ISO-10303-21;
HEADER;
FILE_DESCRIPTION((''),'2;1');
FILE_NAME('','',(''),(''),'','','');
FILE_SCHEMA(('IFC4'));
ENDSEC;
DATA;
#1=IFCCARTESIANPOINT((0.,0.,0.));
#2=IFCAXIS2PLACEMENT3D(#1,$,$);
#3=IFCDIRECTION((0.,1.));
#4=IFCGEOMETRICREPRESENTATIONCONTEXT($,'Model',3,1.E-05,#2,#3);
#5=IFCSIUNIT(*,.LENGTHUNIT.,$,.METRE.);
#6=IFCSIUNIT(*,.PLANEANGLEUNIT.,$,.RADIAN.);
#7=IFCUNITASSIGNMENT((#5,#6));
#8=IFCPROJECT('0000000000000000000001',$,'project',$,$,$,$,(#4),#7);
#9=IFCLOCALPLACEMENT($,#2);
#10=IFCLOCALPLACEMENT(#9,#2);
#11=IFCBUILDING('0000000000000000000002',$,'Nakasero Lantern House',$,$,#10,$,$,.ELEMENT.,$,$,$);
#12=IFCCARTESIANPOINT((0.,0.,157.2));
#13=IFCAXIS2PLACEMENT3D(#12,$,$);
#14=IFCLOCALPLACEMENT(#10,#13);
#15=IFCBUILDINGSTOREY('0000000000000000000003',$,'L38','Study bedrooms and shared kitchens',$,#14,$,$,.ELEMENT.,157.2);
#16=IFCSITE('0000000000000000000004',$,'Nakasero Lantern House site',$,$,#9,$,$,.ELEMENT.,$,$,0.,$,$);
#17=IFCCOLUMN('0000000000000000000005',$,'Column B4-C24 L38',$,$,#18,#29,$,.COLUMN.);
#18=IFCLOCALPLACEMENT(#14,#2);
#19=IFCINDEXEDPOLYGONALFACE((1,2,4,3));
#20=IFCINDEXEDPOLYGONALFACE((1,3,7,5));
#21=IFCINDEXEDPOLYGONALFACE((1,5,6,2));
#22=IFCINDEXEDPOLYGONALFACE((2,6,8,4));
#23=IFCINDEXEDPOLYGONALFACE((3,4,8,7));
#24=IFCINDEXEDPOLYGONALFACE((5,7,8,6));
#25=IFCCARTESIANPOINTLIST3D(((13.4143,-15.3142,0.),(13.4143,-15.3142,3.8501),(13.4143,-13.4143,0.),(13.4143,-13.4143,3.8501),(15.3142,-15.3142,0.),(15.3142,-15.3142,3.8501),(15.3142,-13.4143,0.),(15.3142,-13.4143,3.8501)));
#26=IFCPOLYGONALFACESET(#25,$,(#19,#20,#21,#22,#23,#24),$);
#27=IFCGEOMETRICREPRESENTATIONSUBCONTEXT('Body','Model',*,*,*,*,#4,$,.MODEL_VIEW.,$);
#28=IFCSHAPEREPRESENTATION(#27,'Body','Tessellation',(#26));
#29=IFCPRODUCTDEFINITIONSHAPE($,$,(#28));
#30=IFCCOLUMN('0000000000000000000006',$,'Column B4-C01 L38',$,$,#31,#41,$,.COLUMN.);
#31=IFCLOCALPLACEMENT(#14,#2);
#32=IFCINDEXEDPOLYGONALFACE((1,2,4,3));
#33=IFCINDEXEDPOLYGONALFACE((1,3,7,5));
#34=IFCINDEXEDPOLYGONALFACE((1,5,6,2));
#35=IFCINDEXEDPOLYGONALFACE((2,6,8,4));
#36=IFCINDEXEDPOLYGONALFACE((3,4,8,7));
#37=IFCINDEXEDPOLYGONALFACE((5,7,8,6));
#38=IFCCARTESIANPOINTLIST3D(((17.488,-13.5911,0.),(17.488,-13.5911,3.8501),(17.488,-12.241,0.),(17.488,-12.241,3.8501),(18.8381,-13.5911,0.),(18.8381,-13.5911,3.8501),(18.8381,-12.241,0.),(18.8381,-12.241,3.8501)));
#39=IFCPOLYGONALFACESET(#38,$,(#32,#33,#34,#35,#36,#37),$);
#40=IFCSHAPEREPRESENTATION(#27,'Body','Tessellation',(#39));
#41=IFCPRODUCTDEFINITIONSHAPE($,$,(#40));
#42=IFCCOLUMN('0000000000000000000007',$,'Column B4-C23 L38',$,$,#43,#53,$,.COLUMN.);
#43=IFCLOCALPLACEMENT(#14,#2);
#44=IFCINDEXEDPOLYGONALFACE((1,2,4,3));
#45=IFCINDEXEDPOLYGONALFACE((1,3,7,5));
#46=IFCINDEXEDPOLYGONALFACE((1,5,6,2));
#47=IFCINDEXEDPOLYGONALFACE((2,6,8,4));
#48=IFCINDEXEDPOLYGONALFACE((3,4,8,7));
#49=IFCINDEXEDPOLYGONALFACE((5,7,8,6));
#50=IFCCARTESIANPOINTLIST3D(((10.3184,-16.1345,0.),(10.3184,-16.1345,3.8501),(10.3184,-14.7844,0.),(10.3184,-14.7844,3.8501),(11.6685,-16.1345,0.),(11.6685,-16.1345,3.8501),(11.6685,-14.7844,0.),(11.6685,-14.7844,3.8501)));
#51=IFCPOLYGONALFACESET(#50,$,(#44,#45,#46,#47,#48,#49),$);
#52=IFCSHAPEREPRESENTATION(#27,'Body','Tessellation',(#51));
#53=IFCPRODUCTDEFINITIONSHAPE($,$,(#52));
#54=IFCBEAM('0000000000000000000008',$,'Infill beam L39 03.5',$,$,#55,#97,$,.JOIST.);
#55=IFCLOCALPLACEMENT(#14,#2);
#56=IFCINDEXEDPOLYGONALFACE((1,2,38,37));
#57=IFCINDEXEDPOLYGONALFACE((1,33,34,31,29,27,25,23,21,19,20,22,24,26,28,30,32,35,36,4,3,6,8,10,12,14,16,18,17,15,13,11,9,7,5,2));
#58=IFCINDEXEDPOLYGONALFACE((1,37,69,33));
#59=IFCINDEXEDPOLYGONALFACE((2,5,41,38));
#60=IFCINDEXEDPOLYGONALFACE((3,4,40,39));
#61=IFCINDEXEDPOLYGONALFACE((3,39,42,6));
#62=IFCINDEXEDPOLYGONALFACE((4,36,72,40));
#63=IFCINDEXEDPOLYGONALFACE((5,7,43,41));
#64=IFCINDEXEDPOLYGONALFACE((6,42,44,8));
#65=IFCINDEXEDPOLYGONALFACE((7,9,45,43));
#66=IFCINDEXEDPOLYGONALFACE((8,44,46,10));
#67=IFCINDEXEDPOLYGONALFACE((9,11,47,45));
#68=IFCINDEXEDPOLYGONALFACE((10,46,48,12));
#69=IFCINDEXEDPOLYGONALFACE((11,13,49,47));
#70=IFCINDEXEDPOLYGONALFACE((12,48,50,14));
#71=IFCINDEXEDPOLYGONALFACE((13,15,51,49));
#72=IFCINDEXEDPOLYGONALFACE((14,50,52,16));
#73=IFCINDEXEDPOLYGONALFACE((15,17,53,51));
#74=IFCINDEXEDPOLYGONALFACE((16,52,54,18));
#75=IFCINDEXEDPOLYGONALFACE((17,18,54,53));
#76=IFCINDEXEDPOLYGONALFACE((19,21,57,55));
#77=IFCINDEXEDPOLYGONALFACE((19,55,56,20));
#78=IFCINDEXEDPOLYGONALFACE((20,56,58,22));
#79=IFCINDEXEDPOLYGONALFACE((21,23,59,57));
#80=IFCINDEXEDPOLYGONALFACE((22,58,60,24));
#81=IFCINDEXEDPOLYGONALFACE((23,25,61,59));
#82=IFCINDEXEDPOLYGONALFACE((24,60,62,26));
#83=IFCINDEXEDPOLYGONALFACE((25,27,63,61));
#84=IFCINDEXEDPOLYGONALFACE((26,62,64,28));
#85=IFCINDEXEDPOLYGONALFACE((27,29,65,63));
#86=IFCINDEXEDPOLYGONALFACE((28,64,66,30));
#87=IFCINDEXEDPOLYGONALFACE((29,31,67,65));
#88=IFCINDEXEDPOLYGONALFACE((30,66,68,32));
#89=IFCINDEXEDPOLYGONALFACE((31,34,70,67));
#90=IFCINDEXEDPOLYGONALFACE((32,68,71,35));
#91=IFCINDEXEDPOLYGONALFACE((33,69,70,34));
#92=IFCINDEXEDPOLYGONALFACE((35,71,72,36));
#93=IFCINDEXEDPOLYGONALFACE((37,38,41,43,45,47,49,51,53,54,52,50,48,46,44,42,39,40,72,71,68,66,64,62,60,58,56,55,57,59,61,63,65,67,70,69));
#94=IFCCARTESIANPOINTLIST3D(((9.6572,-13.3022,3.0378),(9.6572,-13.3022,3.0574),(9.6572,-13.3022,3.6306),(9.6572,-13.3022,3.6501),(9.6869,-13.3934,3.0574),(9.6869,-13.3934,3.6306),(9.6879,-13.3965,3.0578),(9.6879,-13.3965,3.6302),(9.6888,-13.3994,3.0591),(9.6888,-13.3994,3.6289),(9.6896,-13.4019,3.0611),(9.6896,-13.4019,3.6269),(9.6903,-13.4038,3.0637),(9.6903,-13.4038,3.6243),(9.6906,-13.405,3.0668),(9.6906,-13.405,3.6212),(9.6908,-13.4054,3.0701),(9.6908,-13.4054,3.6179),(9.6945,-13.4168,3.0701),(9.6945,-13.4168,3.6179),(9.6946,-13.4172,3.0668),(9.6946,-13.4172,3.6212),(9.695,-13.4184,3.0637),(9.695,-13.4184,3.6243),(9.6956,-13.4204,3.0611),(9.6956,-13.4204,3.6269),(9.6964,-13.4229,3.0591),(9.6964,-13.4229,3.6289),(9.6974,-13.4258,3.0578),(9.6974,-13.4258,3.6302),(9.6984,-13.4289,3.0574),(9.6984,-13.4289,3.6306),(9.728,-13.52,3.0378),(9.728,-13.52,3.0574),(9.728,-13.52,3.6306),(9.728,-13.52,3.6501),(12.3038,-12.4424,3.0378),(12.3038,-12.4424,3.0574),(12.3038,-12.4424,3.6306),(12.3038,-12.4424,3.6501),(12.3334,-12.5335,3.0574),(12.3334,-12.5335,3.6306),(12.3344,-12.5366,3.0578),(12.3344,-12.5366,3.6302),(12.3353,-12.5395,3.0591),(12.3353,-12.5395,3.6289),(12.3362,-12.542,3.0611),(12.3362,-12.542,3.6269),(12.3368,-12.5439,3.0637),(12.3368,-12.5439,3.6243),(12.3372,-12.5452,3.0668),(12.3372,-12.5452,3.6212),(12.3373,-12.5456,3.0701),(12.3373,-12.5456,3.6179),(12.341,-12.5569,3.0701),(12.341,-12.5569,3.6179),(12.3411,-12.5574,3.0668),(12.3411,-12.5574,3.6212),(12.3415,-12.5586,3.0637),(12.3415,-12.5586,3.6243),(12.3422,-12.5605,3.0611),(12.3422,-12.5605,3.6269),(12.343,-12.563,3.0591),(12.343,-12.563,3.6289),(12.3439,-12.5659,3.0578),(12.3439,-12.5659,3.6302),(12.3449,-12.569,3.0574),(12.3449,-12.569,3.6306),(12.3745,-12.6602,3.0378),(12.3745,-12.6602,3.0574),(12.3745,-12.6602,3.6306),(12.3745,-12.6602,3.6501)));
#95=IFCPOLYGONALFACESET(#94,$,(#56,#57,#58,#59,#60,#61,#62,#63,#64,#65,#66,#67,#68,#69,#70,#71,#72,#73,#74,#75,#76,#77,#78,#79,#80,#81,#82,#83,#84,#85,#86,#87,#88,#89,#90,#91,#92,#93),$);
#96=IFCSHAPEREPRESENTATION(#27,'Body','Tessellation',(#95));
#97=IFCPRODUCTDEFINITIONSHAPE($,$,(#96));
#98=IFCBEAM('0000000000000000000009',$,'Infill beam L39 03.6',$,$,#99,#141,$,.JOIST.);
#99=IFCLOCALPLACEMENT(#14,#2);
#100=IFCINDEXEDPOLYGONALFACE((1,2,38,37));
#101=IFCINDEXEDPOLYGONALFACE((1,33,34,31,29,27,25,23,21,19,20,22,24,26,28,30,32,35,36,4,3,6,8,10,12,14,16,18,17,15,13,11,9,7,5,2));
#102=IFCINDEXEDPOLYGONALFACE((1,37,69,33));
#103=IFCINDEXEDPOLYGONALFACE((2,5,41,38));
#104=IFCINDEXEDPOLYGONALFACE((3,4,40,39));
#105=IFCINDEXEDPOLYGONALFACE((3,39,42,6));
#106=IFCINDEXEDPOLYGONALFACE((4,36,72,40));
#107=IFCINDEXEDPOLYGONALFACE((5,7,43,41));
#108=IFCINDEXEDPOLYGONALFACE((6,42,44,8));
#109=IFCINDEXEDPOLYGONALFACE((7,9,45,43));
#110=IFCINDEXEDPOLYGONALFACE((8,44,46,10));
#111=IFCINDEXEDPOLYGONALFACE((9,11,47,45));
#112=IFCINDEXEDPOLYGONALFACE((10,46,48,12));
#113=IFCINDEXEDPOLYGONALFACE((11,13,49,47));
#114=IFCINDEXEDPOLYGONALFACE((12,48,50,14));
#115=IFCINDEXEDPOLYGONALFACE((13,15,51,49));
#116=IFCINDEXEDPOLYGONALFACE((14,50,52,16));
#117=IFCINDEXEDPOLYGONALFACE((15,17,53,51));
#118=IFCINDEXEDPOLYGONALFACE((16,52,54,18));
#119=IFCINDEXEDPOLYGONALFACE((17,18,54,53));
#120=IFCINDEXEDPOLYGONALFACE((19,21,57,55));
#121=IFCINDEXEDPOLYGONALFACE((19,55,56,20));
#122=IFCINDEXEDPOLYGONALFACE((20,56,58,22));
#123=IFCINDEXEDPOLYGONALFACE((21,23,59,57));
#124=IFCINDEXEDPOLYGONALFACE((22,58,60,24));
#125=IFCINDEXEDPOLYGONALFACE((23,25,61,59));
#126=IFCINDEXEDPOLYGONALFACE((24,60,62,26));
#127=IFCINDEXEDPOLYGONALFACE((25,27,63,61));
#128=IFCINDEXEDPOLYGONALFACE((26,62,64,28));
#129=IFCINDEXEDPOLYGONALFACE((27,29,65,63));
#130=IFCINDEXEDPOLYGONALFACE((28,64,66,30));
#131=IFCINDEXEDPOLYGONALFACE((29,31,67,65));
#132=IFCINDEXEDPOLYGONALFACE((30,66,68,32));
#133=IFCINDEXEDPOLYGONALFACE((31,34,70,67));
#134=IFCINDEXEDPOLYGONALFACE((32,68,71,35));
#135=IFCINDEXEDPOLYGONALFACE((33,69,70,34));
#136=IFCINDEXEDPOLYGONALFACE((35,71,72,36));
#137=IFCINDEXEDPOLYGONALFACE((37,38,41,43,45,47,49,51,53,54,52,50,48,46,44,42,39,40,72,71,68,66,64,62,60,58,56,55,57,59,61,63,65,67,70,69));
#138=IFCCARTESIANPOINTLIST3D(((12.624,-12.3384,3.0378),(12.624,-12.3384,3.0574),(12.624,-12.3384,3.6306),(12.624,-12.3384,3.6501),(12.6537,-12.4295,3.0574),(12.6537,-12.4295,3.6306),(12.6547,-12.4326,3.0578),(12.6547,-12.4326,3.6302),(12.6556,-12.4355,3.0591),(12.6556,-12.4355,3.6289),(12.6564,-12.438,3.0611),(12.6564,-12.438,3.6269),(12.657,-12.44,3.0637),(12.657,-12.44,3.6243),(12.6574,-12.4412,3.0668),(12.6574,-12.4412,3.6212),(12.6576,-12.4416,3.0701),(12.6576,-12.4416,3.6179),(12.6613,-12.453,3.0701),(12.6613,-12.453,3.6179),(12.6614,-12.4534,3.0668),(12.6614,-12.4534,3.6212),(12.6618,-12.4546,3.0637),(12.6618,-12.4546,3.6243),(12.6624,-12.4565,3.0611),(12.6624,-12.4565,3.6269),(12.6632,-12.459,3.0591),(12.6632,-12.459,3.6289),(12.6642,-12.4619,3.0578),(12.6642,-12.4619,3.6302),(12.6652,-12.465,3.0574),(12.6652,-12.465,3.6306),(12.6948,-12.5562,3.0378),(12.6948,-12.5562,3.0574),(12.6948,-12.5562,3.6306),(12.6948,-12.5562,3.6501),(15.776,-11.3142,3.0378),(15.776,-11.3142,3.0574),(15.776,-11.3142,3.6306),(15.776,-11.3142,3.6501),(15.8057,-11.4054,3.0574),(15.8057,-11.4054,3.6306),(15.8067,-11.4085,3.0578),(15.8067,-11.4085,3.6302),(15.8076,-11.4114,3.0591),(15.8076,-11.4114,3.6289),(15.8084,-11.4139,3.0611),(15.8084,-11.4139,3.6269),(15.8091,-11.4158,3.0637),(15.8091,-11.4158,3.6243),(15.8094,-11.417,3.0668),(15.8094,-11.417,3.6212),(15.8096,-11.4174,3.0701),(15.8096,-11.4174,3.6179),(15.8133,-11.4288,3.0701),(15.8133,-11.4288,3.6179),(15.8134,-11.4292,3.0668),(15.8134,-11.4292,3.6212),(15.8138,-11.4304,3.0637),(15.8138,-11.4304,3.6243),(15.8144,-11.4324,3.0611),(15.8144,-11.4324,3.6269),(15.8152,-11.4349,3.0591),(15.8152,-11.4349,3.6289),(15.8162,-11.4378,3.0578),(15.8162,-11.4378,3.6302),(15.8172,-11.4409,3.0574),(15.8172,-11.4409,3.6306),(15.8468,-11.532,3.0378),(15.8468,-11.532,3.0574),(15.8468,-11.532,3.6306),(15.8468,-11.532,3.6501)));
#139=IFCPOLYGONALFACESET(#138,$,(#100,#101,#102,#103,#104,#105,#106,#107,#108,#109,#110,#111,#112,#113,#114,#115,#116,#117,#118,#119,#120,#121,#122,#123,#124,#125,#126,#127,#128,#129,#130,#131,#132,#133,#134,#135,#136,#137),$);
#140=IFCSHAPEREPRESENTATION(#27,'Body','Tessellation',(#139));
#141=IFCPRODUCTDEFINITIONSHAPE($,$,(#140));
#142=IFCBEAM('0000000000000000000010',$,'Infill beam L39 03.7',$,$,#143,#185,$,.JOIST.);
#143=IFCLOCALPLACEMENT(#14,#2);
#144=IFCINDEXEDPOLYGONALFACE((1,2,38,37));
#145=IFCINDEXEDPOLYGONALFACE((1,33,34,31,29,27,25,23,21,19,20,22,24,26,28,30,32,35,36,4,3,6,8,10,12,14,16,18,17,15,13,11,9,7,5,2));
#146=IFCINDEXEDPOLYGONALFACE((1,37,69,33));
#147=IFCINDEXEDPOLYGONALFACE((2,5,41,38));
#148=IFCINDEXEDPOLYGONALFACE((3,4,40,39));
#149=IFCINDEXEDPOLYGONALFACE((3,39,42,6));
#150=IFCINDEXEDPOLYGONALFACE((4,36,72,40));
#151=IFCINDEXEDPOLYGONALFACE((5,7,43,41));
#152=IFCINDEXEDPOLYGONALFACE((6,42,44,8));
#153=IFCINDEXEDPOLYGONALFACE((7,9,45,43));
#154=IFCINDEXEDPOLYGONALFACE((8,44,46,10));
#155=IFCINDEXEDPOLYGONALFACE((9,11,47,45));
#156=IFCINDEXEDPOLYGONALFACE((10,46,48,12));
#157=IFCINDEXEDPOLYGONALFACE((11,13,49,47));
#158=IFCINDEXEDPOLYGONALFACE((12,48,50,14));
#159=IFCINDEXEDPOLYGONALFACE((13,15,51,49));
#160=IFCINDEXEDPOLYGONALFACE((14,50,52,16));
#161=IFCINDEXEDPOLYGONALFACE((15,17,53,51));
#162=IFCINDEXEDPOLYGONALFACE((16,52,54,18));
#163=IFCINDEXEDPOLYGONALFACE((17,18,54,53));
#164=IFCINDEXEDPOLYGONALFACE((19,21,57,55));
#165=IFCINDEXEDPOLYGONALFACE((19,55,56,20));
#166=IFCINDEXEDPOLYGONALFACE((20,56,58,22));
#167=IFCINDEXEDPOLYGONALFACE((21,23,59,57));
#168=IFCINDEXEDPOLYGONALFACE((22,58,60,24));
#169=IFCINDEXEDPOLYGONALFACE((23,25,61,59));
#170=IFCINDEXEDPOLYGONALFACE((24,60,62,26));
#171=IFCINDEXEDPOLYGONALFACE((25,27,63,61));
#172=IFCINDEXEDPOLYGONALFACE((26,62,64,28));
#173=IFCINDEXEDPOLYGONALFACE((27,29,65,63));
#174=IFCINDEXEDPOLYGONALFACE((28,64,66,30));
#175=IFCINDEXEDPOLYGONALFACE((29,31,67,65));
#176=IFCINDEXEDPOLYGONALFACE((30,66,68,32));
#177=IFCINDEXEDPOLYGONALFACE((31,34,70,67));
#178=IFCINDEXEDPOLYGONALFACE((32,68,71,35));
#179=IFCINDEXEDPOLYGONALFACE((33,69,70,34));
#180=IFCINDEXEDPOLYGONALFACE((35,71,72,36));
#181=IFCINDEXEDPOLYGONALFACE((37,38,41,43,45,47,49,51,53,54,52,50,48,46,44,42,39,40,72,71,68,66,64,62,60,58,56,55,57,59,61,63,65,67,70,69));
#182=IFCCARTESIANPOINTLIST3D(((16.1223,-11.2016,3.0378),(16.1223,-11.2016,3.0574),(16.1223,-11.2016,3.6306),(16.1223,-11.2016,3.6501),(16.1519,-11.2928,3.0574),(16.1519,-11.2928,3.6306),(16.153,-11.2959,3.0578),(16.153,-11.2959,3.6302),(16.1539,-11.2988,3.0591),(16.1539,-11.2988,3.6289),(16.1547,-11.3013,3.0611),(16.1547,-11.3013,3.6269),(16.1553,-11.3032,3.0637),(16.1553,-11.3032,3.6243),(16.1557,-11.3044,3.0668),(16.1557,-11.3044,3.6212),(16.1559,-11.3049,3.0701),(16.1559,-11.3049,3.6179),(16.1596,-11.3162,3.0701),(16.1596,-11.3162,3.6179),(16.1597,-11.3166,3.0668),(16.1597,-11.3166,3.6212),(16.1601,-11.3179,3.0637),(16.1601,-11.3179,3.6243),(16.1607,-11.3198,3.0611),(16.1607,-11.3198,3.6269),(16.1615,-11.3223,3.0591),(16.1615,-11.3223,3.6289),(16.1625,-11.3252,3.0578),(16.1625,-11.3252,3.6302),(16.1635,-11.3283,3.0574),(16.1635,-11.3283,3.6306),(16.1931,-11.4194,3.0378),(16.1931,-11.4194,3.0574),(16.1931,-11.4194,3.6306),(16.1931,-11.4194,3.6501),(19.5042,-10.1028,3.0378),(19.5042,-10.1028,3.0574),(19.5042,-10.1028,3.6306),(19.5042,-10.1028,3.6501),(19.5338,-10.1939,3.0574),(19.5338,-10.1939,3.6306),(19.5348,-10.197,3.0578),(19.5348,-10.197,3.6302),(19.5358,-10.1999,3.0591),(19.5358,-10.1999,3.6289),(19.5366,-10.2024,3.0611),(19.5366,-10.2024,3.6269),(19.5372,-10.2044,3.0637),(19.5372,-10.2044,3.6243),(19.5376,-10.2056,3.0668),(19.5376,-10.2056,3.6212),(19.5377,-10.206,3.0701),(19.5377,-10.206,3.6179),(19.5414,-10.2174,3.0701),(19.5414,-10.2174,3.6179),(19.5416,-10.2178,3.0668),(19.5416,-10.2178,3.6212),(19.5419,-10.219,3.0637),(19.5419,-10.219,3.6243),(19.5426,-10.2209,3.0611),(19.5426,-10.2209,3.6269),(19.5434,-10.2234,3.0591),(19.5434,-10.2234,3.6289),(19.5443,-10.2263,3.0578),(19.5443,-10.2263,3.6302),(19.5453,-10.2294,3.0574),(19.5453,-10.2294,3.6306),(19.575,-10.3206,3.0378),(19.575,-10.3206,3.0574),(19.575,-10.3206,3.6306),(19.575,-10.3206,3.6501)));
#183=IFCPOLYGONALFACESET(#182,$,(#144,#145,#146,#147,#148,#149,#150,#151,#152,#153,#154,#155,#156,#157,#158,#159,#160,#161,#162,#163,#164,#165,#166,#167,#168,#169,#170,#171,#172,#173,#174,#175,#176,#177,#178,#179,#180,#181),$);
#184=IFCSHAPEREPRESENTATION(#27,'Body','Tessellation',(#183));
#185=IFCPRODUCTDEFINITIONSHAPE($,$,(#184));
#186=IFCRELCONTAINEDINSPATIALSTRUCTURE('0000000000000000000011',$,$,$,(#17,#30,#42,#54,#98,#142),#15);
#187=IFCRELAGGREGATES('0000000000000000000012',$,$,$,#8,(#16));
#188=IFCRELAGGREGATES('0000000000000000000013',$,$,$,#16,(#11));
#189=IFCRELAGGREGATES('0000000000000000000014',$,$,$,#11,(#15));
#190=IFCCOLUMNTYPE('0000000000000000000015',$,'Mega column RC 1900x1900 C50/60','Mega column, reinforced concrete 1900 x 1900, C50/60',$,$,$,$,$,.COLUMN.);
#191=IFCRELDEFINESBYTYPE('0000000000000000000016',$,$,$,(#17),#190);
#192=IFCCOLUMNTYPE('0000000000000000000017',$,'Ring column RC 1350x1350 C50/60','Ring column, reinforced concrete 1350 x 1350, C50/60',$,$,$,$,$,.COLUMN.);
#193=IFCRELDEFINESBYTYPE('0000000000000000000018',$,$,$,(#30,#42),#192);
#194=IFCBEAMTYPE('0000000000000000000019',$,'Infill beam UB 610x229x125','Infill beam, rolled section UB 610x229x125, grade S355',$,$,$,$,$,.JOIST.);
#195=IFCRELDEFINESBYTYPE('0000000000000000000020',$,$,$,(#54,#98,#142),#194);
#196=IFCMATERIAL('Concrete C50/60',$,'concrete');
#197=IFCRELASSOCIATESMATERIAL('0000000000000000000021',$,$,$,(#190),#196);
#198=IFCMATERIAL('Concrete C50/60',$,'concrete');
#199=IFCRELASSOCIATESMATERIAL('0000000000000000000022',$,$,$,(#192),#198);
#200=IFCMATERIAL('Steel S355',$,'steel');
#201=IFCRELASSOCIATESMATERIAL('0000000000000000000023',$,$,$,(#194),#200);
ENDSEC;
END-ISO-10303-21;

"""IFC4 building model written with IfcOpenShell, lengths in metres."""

from ifc_helpers import new_model, si_unit, direction, frame, origin, origin_2d, place, context, subcontext, project, spatial, rectangle, i_section, extrude, material, material_profile, profile_set, type_object, element, save


model = new_model("IFC4")

# Units and contexts
model_context = context("Model", 3, precision=1e-05, world=origin(), true_north=direction((0.0, 1.0)))
body_context = subcontext(model_context, "Body", "Model", "MODEL_VIEW")
ifc_project = project(units=[si_unit("LENGTHUNIT", "METRE"), si_unit("PLANEANGLEUNIT", "RADIAN")], contexts=[model_context])

# Site, building, storey
site_placement = place(None, origin())
site = spatial("IfcSite", under=ifc_project, at=site_placement, Name="Nakasero Lantern House site", CompositionType="ELEMENT", RefElevation=0.0)
building_placement = place(site_placement, origin())
building = spatial("IfcBuilding", under=site, at=building_placement, Name="Nakasero Lantern House", CompositionType="ELEMENT")
storey_placement = place(building_placement, frame((0.0, 0.0, 157.2)))
storey = spatial("IfcBuildingStorey", under=building, at=storey_placement, Name="L38", Description="Study bedrooms and shared kitchens", CompositionType="ELEMENT", Elevation=157.2)

# Columns
ifc_material_1 = material(Name="Concrete C50/60", Category="concrete")
ifc_material_profile_1 = material_profile(ifc_material_1, rectangle(XDim=1.8999, YDim=1.8999, at=origin_2d()), Name="RC 1900x1900")
ifc_profile_set_1 = profile_set([ifc_material_profile_1], Name="Concrete C50/60")
column_type_1 = type_object("IfcColumnType", Name="Mega column RC 1900x1900 C50/60", Description="Mega column, reinforced concrete 1900 x 1900, C50/60", PredefinedType="COLUMN", material=ifc_profile_set_1)
column_placement = place(storey_placement, frame((14.3643, -14.3643, 0.0), z_axis=(0.0, 0.0, 1.0), x_axis=(1.0, 0.0, 0.0)))
element("IfcColumn", 1, at=column_placement, inside=storey, type_object=column_type_1, Name="Column B4-C24 L38", PredefinedType="COLUMN", context=body_context, shape_type="SweptSolid", body=[
    extrude(rectangle(XDim=1.8999, YDim=1.8999, at=origin_2d()), origin(), (0.0, 0.0, 1.0), 3.8501),
])
ifc_material_2 = material(Name="Concrete C50/60", Category="concrete")
ifc_material_profile_2 = material_profile(ifc_material_2, rectangle(XDim=1.3501, YDim=1.3501, at=origin_2d()), Name="RC 1350x1350")
ifc_profile_set_2 = profile_set([ifc_material_profile_2], Name="Concrete C50/60")
column_type_2 = type_object("IfcColumnType", Name="Ring column RC 1350x1350 C50/60", Description="Ring column, reinforced concrete 1350 x 1350, C50/60", PredefinedType="COLUMN", material=ifc_profile_set_2)
for number, where, z_axis, x_axis, name in (
    (2, (18.1631, -12.916, 0.0), (0.0, 0.0, 1.0), (1.0, 0.0, 0.0), "Column B4-C01 L38"),
    (3, (10.9934, -15.4595, 0.0), (0.0, 0.0, 1.0), (1.0, 0.0, 0.0), "Column B4-C23 L38"),
):
    element("IfcColumn", number, at=place(storey_placement, frame(where, z_axis=z_axis, x_axis=x_axis)), inside=storey, type_object=column_type_2, Name=name, PredefinedType="COLUMN", context=body_context, shape_type="SweptSolid", body=[
        extrude(rectangle(XDim=1.3501, YDim=1.3501, at=origin_2d()), origin(), (0.0, 0.0, 1.0), 3.8501),
    ])

# Beams
ifc_material_3 = material(Name="Steel S355", Category="steel")
ifc_material_profile_3 = material_profile(ifc_material_3, i_section(OverallWidth=0.229, OverallDepth=0.6123, WebThickness=0.012, FlangeThickness=0.0195, FilletRadius=0.0127, at=origin_2d()), Name="UB 610x229x125")
ifc_profile_set_3 = profile_set([ifc_material_profile_3], Name="Steel S355")
beam_type_1 = type_object("IfcBeamType", Name="Infill beam UB 610x229x125", Description="Infill beam, rolled section UB 610x229x125, grade S355", PredefinedType="JOIST", material=ifc_profile_set_3)
beam_1_placement = place(storey_placement, frame((9.6926, -13.4111, 3.344), z_axis=(0.95106, 0.309007, 0.0), x_axis=(-0.309007, 0.95106, 0.0)))
element("IfcBeam", 4, at=beam_1_placement, inside=storey, type_object=beam_type_1, Name="Infill beam L39 03.5", PredefinedType="JOIST", context=body_context, shape_type="SweptSolid", body=[
    extrude(i_section(OverallWidth=0.229, OverallDepth=0.6123, WebThickness=0.012, FlangeThickness=0.0195, FilletRadius=0.0127, at=origin_2d()), origin(), (0.0, 0.0, 1.0), 2.7827),
])
beam_2_placement = place(storey_placement, frame((12.6594, -12.4473, 3.344), z_axis=(0.951057, 0.309014, 0.0), x_axis=(-0.309014, 0.951057, 0.0)))
element("IfcBeam", 5, at=beam_2_placement, inside=storey, type_object=beam_type_1, Name="Infill beam L39 03.6", PredefinedType="JOIST", context=body_context, shape_type="SweptSolid", body=[
    extrude(i_section(OverallWidth=0.229, OverallDepth=0.6123, WebThickness=0.012, FlangeThickness=0.0195, FilletRadius=0.0127, at=origin_2d()), origin(), (0.0, 0.0, 1.0), 3.3142),
])
beam_3_placement = place(storey_placement, frame((16.1577, -11.3105, 3.344), z_axis=(0.951052, 0.30903, 0.0), x_axis=(-0.30903, 0.951052, 0.0)))
element("IfcBeam", 6, at=beam_3_placement, inside=storey, type_object=beam_type_1, Name="Infill beam L39 03.7", PredefinedType="JOIST", context=body_context, shape_type="SweptSolid", body=[
    extrude(i_section(OverallWidth=0.229, OverallDepth=0.6123, WebThickness=0.012, FlangeThickness=0.0195, FilletRadius=0.0127, at=origin_2d()), origin(), (0.0, 0.0, 1.0), 3.5559),
])

save(model, "model.ifc")
